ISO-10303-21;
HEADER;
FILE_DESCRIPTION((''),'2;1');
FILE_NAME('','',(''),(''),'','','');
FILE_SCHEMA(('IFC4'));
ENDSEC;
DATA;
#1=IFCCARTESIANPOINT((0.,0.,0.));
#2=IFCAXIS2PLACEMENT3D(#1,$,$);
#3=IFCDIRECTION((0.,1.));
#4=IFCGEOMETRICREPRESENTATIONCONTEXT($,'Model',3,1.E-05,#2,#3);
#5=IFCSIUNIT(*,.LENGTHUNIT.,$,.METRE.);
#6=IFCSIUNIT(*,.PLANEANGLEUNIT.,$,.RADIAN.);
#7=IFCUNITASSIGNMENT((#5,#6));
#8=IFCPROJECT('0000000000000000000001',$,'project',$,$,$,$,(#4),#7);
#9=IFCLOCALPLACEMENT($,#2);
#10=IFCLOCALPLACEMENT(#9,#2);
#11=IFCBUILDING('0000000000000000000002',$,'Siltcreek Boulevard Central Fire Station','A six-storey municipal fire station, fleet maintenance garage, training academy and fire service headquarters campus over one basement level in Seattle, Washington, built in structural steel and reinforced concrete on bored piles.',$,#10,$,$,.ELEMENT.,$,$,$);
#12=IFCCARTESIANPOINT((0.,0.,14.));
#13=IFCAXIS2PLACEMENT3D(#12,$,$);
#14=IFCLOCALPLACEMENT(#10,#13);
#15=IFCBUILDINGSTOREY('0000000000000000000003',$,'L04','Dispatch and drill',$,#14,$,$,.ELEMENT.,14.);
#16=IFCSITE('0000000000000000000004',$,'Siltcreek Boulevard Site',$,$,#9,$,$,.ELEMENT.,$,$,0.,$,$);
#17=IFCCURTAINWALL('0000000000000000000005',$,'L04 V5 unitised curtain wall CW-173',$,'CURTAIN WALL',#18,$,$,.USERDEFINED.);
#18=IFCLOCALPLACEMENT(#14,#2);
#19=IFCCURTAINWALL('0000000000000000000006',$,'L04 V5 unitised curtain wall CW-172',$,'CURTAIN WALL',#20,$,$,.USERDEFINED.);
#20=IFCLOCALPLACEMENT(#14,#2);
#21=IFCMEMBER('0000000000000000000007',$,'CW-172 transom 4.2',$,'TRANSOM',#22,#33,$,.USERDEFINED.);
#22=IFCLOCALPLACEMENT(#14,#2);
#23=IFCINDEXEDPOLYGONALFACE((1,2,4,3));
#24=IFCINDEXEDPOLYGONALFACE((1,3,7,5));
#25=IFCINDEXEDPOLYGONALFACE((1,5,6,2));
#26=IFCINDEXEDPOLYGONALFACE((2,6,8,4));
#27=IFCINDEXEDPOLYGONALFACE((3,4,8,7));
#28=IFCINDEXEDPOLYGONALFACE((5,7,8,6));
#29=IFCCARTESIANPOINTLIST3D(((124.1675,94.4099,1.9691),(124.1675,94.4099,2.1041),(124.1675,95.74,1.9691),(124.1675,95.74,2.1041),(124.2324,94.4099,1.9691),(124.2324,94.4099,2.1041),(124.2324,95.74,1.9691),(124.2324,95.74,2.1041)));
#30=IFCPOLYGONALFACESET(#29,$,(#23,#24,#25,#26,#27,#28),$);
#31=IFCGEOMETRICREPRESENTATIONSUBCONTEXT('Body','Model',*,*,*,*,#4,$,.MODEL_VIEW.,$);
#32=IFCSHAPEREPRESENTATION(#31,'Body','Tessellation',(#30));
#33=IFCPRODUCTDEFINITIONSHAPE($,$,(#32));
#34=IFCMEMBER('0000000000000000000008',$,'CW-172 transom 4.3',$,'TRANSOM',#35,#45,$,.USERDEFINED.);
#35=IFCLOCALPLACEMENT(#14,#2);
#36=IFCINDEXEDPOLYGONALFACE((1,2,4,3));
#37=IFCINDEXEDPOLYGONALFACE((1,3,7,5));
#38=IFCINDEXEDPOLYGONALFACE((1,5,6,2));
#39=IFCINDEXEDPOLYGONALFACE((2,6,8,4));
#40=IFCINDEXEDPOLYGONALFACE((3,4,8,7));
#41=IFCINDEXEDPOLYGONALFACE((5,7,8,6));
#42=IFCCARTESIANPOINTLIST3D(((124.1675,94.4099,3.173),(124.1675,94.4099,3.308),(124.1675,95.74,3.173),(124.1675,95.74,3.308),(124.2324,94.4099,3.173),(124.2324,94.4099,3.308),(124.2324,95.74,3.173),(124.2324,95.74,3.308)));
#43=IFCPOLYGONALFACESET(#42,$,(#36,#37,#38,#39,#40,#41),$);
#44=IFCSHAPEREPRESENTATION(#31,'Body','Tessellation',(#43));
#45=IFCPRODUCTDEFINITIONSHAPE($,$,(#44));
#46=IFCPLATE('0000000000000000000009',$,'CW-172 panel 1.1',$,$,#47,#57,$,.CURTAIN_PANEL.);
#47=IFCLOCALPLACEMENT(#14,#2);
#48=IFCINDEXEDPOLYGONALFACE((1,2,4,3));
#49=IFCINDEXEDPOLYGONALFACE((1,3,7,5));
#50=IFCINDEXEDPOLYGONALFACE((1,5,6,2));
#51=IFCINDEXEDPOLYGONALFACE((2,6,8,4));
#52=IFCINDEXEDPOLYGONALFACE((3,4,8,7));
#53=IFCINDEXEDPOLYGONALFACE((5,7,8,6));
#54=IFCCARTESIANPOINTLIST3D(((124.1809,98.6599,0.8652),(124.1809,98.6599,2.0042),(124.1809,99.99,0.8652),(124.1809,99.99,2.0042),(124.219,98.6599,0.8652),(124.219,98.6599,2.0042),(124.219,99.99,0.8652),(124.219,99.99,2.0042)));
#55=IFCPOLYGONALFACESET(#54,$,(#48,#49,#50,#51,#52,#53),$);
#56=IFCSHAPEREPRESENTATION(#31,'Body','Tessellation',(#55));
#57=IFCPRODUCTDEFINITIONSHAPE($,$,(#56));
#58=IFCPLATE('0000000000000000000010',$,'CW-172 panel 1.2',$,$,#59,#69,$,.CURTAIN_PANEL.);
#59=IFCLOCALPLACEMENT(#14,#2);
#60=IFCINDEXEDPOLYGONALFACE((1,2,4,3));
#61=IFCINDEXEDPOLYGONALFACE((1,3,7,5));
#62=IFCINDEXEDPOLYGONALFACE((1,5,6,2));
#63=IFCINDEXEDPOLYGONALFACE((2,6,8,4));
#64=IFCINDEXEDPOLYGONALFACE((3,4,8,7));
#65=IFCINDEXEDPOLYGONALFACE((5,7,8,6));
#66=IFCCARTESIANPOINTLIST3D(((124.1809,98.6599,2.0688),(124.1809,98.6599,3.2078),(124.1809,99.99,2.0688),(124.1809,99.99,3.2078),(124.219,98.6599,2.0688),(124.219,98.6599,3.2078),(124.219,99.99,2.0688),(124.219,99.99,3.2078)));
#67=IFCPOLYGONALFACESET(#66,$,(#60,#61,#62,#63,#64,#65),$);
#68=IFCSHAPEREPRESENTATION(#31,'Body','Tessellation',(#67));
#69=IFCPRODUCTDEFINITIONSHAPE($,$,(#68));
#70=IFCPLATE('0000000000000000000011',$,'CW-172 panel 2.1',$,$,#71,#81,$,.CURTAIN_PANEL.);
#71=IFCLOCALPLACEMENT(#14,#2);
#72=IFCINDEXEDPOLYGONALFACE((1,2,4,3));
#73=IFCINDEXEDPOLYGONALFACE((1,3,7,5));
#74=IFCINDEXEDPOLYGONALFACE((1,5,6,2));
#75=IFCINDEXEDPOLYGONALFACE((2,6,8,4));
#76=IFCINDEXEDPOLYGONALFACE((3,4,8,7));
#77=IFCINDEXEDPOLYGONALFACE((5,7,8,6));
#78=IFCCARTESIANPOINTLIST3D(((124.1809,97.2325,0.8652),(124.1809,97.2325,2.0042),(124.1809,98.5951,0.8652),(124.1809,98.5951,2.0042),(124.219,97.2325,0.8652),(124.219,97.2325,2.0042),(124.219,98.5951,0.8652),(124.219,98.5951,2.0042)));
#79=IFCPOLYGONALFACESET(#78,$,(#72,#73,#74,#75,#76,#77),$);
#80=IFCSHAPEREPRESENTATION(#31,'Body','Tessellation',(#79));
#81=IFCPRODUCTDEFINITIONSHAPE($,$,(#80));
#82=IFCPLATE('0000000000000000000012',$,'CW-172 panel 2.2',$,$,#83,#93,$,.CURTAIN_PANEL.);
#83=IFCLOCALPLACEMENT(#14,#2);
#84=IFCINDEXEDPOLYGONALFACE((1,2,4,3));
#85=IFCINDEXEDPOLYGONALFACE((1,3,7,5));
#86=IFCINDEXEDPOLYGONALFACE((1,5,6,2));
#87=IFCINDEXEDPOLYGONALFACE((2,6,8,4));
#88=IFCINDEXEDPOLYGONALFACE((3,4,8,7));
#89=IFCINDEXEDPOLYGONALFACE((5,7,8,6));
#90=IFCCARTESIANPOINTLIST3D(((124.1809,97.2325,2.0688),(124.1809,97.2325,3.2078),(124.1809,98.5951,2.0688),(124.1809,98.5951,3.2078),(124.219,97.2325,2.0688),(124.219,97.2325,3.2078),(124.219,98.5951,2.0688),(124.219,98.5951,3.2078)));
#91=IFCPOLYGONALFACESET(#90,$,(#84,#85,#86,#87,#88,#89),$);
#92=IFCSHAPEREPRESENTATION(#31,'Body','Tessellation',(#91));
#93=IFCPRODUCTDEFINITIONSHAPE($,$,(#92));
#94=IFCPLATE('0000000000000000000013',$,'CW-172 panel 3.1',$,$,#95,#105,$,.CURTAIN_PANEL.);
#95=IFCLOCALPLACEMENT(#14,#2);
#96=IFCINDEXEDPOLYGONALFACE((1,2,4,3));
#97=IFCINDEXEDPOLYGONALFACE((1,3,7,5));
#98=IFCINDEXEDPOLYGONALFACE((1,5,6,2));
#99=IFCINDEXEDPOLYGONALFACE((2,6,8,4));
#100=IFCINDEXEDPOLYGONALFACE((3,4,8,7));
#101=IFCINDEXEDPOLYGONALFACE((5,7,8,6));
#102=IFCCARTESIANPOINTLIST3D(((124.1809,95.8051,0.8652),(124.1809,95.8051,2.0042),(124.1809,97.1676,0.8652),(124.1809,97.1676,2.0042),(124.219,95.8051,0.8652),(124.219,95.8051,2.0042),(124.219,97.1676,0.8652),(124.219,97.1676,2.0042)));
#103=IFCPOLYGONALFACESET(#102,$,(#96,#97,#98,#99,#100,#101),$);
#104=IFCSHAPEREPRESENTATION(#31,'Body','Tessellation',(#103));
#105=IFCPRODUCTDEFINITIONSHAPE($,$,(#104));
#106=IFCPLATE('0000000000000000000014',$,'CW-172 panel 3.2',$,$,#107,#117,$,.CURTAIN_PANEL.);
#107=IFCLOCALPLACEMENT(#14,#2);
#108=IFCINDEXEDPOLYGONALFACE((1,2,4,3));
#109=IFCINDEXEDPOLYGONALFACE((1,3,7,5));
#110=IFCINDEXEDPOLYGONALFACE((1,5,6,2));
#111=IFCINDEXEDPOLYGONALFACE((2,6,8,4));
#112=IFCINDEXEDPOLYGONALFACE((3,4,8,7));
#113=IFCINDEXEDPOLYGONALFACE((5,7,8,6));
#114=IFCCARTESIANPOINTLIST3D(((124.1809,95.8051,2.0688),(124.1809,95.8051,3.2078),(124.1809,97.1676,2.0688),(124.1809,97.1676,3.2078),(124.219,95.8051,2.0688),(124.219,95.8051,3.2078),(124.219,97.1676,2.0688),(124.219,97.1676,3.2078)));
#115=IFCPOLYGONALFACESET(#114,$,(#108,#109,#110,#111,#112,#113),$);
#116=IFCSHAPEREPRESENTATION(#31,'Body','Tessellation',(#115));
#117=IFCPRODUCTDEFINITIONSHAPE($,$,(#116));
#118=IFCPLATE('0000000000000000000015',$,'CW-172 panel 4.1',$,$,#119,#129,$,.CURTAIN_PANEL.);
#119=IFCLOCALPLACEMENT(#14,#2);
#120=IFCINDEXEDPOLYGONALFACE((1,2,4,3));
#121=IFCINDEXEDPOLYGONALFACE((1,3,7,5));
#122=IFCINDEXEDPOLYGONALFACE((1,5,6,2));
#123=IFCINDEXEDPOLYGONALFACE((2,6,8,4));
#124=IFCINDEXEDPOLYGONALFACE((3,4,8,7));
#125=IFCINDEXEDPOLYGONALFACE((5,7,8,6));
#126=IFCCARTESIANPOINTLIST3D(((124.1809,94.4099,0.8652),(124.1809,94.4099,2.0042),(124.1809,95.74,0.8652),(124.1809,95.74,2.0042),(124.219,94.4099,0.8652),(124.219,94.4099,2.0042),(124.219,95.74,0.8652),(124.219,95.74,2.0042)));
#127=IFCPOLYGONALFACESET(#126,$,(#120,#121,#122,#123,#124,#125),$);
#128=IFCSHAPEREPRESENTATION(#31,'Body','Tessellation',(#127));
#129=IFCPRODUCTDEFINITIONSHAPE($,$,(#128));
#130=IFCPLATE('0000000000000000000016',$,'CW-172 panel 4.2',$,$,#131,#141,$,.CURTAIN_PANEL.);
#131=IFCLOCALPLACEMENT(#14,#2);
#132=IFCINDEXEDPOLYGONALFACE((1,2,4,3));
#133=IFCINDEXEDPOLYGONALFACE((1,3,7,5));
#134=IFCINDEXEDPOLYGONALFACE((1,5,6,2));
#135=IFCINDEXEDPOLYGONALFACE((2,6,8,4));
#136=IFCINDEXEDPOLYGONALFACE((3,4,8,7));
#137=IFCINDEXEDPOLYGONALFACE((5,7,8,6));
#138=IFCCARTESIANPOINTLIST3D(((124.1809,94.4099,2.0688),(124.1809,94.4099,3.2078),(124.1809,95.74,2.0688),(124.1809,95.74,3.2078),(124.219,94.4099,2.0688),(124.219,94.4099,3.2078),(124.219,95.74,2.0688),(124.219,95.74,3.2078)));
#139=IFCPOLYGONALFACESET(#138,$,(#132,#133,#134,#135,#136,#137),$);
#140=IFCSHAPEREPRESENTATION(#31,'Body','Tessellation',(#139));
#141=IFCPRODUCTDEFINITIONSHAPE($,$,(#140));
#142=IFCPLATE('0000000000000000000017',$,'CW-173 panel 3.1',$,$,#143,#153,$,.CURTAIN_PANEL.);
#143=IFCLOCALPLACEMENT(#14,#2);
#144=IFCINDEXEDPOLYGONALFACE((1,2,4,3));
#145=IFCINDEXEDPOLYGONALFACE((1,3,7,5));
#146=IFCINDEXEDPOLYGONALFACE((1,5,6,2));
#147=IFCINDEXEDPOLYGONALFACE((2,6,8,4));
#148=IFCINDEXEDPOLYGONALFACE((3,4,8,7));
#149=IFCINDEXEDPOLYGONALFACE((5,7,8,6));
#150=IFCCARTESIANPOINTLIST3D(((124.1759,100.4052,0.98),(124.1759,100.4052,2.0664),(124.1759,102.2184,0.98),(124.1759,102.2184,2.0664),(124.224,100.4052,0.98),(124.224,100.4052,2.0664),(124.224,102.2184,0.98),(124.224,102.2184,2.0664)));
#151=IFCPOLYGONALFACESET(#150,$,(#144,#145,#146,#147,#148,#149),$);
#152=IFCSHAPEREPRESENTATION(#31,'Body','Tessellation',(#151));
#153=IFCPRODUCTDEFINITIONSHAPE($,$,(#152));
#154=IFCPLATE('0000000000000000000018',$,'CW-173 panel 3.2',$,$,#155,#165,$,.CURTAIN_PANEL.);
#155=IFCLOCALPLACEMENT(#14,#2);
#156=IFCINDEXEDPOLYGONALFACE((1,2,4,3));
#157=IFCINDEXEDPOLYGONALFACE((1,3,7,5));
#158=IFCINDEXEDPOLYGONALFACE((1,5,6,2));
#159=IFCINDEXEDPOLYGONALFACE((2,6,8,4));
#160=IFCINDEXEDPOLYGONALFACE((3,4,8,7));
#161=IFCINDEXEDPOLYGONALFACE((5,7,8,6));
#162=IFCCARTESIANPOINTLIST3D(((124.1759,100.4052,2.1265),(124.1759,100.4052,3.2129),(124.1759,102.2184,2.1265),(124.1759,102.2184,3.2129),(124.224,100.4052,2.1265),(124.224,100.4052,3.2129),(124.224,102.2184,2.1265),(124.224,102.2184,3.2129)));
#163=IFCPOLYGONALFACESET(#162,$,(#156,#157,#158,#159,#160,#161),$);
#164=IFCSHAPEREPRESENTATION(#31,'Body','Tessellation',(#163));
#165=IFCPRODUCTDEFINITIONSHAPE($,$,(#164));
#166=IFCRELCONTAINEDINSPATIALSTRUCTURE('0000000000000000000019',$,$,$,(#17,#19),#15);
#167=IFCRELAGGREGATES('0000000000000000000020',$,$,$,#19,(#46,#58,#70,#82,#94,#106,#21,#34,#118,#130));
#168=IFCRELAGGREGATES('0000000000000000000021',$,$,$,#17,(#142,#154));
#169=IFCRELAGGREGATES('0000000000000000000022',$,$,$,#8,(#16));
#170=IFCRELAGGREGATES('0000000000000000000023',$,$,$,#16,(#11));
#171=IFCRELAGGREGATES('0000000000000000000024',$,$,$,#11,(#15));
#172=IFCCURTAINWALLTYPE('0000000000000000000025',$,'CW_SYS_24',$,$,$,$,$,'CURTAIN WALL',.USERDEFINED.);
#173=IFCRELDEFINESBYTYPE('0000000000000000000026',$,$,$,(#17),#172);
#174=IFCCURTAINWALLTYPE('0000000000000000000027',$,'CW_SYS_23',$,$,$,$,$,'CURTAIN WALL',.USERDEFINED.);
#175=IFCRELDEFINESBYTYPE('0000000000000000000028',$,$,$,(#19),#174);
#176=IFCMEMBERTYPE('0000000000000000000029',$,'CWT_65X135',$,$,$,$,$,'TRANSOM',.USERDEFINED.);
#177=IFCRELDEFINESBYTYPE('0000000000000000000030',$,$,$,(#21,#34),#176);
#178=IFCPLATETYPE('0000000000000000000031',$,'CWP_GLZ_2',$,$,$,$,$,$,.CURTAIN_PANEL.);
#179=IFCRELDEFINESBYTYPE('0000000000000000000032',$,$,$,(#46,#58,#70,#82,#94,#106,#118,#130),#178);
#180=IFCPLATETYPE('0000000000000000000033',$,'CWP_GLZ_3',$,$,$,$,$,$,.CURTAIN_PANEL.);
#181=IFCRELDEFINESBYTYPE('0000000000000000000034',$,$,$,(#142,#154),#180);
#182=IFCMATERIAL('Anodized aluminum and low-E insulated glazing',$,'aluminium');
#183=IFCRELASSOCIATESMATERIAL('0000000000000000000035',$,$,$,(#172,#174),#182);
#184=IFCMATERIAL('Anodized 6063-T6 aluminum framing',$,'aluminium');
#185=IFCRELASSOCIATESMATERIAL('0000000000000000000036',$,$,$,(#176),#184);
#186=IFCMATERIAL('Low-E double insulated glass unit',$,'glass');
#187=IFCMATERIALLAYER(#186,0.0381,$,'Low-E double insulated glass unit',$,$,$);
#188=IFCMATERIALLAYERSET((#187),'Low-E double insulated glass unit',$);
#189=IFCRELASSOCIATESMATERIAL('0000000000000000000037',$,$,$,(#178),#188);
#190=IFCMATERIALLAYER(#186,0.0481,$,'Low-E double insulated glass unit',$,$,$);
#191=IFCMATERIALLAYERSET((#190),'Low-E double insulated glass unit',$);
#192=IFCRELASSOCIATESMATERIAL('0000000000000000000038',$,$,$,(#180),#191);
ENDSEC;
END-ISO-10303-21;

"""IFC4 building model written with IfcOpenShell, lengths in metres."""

from ifc_helpers import new_model, si_unit, direction, frame, origin, origin_2d, place, context, subcontext, project, spatial, rectangle, extrude, material, layer, layer_set, material_profile, profile_set, type_object, element, aggregate, save


model = new_model("IFC4")

# Units and contexts
model_context = context("Model", 3, precision=1e-05, world=origin(), true_north=direction((0.0, 1.0)))
body_context = subcontext(model_context, "Body", "Model", "MODEL_VIEW")
ifc_project = project(units=[si_unit("LENGTHUNIT", "METRE"), si_unit("PLANEANGLEUNIT", "RADIAN")], contexts=[model_context])

# Site, building, storey
site_placement = place(None, origin())
site = spatial("IfcSite", under=ifc_project, at=site_placement, Name="Siltcreek Boulevard Site", CompositionType="ELEMENT", RefElevation=0.0)
building_placement = place(site_placement, origin())
building = spatial("IfcBuilding", under=site, at=building_placement, Name="Siltcreek Boulevard Central Fire Station", Description="A six-storey municipal fire station, fleet maintenance garage, training academy and fire service headquarters campus over one basement level in Seattle, Washington, built in structural steel and reinforced concrete on bored piles.", CompositionType="ELEMENT")
storey_placement = place(building_placement, frame((0.0, 0.0, 14.0)))
storey = spatial("IfcBuildingStorey", under=building, at=storey_placement, Name="L04", Description="Dispatch and drill", CompositionType="ELEMENT", Elevation=14.0)

# Curtain wall
ifc_material_1 = material(Name="Anodized aluminum and low-E insulated glazing", Category="aluminium")
curtain_wall_type_1 = type_object("IfcCurtainWallType", Name="CW_SYS_24", ElementType="CURTAIN WALL", PredefinedType="USERDEFINED", material=ifc_material_1)
curtain_wall_1_placement = place(storey_placement, origin())
curtain_wall_1 = element("IfcCurtainWall", 1, at=curtain_wall_1_placement, inside=storey, type_object=curtain_wall_type_1, Name="L04 V5 unitised curtain wall CW-173", ObjectType="CURTAIN WALL", PredefinedType="USERDEFINED")
ifc_material_2 = material(Name="Anodized 6063-T6 aluminum framing", Category="aluminium")

# Curtain wall, members, plates
curtain_wall_type_2 = type_object("IfcCurtainWallType", Name="CW_SYS_23", ElementType="CURTAIN WALL", PredefinedType="USERDEFINED", material=ifc_material_1)
curtain_wall_2_placement = place(storey_placement, origin())
curtain_wall_2 = element("IfcCurtainWall", 2, at=curtain_wall_2_placement, inside=storey, type_object=curtain_wall_type_2, Name="L04 V5 unitised curtain wall CW-172", ObjectType="CURTAIN WALL", PredefinedType="USERDEFINED")
ifc_material_profile_1 = material_profile(ifc_material_2, rectangle(XDim=0.0649, YDim=0.135, at=origin_2d()), Name="TRAN65X135")
ifc_profile_set_1 = profile_set([ifc_material_profile_1], Name="Anodized 6063-T6 aluminum framing")
member_type_1 = type_object("IfcMemberType", Name="CWT_65X135", ElementType="TRANSOM", PredefinedType="USERDEFINED", material=ifc_profile_set_1)
member_1_placement = place(storey_placement, frame((124.2, 95.74, 2.0366), z_axis=(0.0, -1.0, 0.0), x_axis=(1.0, 0.0, 0.0)))
member_1 = element("IfcMember", 3, at=member_1_placement, type_object=member_type_1, Name="CW-172 transom 4.2", ObjectType="TRANSOM", PredefinedType="USERDEFINED", context=body_context, shape_type="SweptSolid", body=[
    extrude(rectangle(XDim=0.0649, YDim=0.135, at=origin_2d()), origin(), (0.0, 0.0, 1.0), 1.3301),
])
member_2_placement = place(storey_placement, frame((124.2, 95.74, 3.2405), z_axis=(0.0, -1.0, 0.0), x_axis=(1.0, 0.0, 0.0)))
member_2 = element("IfcMember", 4, at=member_2_placement, type_object=member_type_1, Name="CW-172 transom 4.3", ObjectType="TRANSOM", PredefinedType="USERDEFINED", context=body_context, shape_type="SweptSolid", body=[
    extrude(rectangle(XDim=0.0649, YDim=0.135, at=origin_2d()), origin(), (0.0, 0.0, 1.0), 1.3301),
])
ifc_material_3 = material(Name="Low-E double insulated glass unit", Category="glass")
ifc_layer_1 = layer(ifc_material_3, 0.0381, Name="Low-E double insulated glass unit")
ifc_layer_set_1 = layer_set([ifc_layer_1], Name="Low-E double insulated glass unit")
plate_type_1 = type_object("IfcPlateType", Name="CWP_GLZ_2", PredefinedType="CURTAIN_PANEL", material=ifc_layer_set_1)
plate_1_placement = place(storey_placement, frame((124.2, 99.325, 0.8652), z_axis=(0.0, 0.0, 1.0), x_axis=(0.0, -1.0, 0.0)))
plate_1 = element("IfcPlate", 5, at=plate_1_placement, type_object=plate_type_1, Name="CW-172 panel 1.1", PredefinedType="CURTAIN_PANEL", context=body_context, shape_type="SweptSolid", body=[
    extrude(rectangle(XDim=1.3301, YDim=0.0381, at=origin_2d()), origin(), (0.0, 0.0, 1.0), 1.1389),
])
plate_2_placement = place(storey_placement, frame((124.2, 99.325, 2.0688), z_axis=(0.0, 0.0, 1.0), x_axis=(0.0, -1.0, 0.0)))
plate_2 = element("IfcPlate", 6, at=plate_2_placement, type_object=plate_type_1, Name="CW-172 panel 1.2", PredefinedType="CURTAIN_PANEL", context=body_context, shape_type="SweptSolid", body=[
    extrude(rectangle(XDim=1.3301, YDim=0.0381, at=origin_2d()), origin(), (0.0, 0.0, 1.0), 1.1389),
])
plate_3_placement = place(storey_placement, frame((124.2, 97.9138, 0.8652), z_axis=(0.0, 0.0, 1.0), x_axis=(0.0, -1.0, 0.0)))
plate_3 = element("IfcPlate", 7, at=plate_3_placement, type_object=plate_type_1, Name="CW-172 panel 2.1", PredefinedType="CURTAIN_PANEL", context=body_context, shape_type="SweptSolid", body=[
    extrude(rectangle(XDim=1.3625, YDim=0.0381, at=origin_2d()), origin(), (0.0, 0.0, 1.0), 1.1389),
])
plate_4_placement = place(storey_placement, frame((124.2, 97.9138, 2.0688), z_axis=(0.0, 0.0, 1.0), x_axis=(0.0, -1.0, 0.0)))
plate_4 = element("IfcPlate", 8, at=plate_4_placement, type_object=plate_type_1, Name="CW-172 panel 2.2", PredefinedType="CURTAIN_PANEL", context=body_context, shape_type="SweptSolid", body=[
    extrude(rectangle(XDim=1.3625, YDim=0.0381, at=origin_2d()), origin(), (0.0, 0.0, 1.0), 1.1389),
])
plate_5_placement = place(storey_placement, frame((124.2, 96.4863, 0.8652), z_axis=(0.0, 0.0, 1.0), x_axis=(0.0, -1.0, 0.0)))
plate_5 = element("IfcPlate", 9, at=plate_5_placement, type_object=plate_type_1, Name="CW-172 panel 3.1", PredefinedType="CURTAIN_PANEL", context=body_context, shape_type="SweptSolid", body=[
    extrude(rectangle(XDim=1.3625, YDim=0.0381, at=origin_2d()), origin(), (0.0, 0.0, 1.0), 1.1389),
])
plate_6_placement = place(storey_placement, frame((124.2, 96.4863, 2.0688), z_axis=(0.0, 0.0, 1.0), x_axis=(0.0, -1.0, 0.0)))
plate_6 = element("IfcPlate", 10, at=plate_6_placement, type_object=plate_type_1, Name="CW-172 panel 3.2", PredefinedType="CURTAIN_PANEL", context=body_context, shape_type="SweptSolid", body=[
    extrude(rectangle(XDim=1.3625, YDim=0.0381, at=origin_2d()), origin(), (0.0, 0.0, 1.0), 1.1389),
])
plate_7_placement = place(storey_placement, frame((124.2, 95.075, 0.8652), z_axis=(0.0, 0.0, 1.0), x_axis=(0.0, -1.0, 0.0)))
plate_7 = element("IfcPlate", 11, at=plate_7_placement, type_object=plate_type_1, Name="CW-172 panel 4.1", PredefinedType="CURTAIN_PANEL", context=body_context, shape_type="SweptSolid", body=[
    extrude(rectangle(XDim=1.3301, YDim=0.0381, at=origin_2d()), origin(), (0.0, 0.0, 1.0), 1.1389),
])
plate_8_placement = place(storey_placement, frame((124.2, 95.075, 2.0688), z_axis=(0.0, 0.0, 1.0), x_axis=(0.0, -1.0, 0.0)))
plate_8 = element("IfcPlate", 12, at=plate_8_placement, type_object=plate_type_1, Name="CW-172 panel 4.2", PredefinedType="CURTAIN_PANEL", context=body_context, shape_type="SweptSolid", body=[
    extrude(rectangle(XDim=1.3301, YDim=0.0381, at=origin_2d()), origin(), (0.0, 0.0, 1.0), 1.1389),
])
aggregate(curtain_wall_2, [plate_1, plate_2, plate_3, plate_4, plate_5, plate_6, member_1, member_2, plate_7, plate_8])

# Plates
ifc_layer_2 = layer(ifc_material_3, 0.0481, Name="Low-E double insulated glass unit")
ifc_layer_set_2 = layer_set([ifc_layer_2], Name="Low-E double insulated glass unit")
plate_type_2 = type_object("IfcPlateType", Name="CWP_GLZ_3", PredefinedType="CURTAIN_PANEL", material=ifc_layer_set_2)
plate_9_placement = place(storey_placement, frame((124.2, 101.3118, 0.98), z_axis=(0.0, 0.0, 1.0), x_axis=(0.0, -1.0, 0.0)))
plate_9 = element("IfcPlate", 13, at=plate_9_placement, type_object=plate_type_2, Name="CW-173 panel 3.1", PredefinedType="CURTAIN_PANEL", context=body_context, shape_type="SweptSolid", body=[
    extrude(rectangle(XDim=1.8132, YDim=0.0481, at=origin_2d()), origin(), (0.0, 0.0, 1.0), 1.0864),
])
plate_10_placement = place(storey_placement, frame((124.2, 101.3118, 2.1265), z_axis=(0.0, 0.0, 1.0), x_axis=(0.0, -1.0, 0.0)))
plate_10 = element("IfcPlate", 14, at=plate_10_placement, type_object=plate_type_2, Name="CW-173 panel 3.2", PredefinedType="CURTAIN_PANEL", context=body_context, shape_type="SweptSolid", body=[
    extrude(rectangle(XDim=1.8132, YDim=0.0481, at=origin_2d()), origin(), (0.0, 0.0, 1.0), 1.0864),
])
aggregate(curtain_wall_1, [plate_9, plate_10])

save(model, "model.ifc")
